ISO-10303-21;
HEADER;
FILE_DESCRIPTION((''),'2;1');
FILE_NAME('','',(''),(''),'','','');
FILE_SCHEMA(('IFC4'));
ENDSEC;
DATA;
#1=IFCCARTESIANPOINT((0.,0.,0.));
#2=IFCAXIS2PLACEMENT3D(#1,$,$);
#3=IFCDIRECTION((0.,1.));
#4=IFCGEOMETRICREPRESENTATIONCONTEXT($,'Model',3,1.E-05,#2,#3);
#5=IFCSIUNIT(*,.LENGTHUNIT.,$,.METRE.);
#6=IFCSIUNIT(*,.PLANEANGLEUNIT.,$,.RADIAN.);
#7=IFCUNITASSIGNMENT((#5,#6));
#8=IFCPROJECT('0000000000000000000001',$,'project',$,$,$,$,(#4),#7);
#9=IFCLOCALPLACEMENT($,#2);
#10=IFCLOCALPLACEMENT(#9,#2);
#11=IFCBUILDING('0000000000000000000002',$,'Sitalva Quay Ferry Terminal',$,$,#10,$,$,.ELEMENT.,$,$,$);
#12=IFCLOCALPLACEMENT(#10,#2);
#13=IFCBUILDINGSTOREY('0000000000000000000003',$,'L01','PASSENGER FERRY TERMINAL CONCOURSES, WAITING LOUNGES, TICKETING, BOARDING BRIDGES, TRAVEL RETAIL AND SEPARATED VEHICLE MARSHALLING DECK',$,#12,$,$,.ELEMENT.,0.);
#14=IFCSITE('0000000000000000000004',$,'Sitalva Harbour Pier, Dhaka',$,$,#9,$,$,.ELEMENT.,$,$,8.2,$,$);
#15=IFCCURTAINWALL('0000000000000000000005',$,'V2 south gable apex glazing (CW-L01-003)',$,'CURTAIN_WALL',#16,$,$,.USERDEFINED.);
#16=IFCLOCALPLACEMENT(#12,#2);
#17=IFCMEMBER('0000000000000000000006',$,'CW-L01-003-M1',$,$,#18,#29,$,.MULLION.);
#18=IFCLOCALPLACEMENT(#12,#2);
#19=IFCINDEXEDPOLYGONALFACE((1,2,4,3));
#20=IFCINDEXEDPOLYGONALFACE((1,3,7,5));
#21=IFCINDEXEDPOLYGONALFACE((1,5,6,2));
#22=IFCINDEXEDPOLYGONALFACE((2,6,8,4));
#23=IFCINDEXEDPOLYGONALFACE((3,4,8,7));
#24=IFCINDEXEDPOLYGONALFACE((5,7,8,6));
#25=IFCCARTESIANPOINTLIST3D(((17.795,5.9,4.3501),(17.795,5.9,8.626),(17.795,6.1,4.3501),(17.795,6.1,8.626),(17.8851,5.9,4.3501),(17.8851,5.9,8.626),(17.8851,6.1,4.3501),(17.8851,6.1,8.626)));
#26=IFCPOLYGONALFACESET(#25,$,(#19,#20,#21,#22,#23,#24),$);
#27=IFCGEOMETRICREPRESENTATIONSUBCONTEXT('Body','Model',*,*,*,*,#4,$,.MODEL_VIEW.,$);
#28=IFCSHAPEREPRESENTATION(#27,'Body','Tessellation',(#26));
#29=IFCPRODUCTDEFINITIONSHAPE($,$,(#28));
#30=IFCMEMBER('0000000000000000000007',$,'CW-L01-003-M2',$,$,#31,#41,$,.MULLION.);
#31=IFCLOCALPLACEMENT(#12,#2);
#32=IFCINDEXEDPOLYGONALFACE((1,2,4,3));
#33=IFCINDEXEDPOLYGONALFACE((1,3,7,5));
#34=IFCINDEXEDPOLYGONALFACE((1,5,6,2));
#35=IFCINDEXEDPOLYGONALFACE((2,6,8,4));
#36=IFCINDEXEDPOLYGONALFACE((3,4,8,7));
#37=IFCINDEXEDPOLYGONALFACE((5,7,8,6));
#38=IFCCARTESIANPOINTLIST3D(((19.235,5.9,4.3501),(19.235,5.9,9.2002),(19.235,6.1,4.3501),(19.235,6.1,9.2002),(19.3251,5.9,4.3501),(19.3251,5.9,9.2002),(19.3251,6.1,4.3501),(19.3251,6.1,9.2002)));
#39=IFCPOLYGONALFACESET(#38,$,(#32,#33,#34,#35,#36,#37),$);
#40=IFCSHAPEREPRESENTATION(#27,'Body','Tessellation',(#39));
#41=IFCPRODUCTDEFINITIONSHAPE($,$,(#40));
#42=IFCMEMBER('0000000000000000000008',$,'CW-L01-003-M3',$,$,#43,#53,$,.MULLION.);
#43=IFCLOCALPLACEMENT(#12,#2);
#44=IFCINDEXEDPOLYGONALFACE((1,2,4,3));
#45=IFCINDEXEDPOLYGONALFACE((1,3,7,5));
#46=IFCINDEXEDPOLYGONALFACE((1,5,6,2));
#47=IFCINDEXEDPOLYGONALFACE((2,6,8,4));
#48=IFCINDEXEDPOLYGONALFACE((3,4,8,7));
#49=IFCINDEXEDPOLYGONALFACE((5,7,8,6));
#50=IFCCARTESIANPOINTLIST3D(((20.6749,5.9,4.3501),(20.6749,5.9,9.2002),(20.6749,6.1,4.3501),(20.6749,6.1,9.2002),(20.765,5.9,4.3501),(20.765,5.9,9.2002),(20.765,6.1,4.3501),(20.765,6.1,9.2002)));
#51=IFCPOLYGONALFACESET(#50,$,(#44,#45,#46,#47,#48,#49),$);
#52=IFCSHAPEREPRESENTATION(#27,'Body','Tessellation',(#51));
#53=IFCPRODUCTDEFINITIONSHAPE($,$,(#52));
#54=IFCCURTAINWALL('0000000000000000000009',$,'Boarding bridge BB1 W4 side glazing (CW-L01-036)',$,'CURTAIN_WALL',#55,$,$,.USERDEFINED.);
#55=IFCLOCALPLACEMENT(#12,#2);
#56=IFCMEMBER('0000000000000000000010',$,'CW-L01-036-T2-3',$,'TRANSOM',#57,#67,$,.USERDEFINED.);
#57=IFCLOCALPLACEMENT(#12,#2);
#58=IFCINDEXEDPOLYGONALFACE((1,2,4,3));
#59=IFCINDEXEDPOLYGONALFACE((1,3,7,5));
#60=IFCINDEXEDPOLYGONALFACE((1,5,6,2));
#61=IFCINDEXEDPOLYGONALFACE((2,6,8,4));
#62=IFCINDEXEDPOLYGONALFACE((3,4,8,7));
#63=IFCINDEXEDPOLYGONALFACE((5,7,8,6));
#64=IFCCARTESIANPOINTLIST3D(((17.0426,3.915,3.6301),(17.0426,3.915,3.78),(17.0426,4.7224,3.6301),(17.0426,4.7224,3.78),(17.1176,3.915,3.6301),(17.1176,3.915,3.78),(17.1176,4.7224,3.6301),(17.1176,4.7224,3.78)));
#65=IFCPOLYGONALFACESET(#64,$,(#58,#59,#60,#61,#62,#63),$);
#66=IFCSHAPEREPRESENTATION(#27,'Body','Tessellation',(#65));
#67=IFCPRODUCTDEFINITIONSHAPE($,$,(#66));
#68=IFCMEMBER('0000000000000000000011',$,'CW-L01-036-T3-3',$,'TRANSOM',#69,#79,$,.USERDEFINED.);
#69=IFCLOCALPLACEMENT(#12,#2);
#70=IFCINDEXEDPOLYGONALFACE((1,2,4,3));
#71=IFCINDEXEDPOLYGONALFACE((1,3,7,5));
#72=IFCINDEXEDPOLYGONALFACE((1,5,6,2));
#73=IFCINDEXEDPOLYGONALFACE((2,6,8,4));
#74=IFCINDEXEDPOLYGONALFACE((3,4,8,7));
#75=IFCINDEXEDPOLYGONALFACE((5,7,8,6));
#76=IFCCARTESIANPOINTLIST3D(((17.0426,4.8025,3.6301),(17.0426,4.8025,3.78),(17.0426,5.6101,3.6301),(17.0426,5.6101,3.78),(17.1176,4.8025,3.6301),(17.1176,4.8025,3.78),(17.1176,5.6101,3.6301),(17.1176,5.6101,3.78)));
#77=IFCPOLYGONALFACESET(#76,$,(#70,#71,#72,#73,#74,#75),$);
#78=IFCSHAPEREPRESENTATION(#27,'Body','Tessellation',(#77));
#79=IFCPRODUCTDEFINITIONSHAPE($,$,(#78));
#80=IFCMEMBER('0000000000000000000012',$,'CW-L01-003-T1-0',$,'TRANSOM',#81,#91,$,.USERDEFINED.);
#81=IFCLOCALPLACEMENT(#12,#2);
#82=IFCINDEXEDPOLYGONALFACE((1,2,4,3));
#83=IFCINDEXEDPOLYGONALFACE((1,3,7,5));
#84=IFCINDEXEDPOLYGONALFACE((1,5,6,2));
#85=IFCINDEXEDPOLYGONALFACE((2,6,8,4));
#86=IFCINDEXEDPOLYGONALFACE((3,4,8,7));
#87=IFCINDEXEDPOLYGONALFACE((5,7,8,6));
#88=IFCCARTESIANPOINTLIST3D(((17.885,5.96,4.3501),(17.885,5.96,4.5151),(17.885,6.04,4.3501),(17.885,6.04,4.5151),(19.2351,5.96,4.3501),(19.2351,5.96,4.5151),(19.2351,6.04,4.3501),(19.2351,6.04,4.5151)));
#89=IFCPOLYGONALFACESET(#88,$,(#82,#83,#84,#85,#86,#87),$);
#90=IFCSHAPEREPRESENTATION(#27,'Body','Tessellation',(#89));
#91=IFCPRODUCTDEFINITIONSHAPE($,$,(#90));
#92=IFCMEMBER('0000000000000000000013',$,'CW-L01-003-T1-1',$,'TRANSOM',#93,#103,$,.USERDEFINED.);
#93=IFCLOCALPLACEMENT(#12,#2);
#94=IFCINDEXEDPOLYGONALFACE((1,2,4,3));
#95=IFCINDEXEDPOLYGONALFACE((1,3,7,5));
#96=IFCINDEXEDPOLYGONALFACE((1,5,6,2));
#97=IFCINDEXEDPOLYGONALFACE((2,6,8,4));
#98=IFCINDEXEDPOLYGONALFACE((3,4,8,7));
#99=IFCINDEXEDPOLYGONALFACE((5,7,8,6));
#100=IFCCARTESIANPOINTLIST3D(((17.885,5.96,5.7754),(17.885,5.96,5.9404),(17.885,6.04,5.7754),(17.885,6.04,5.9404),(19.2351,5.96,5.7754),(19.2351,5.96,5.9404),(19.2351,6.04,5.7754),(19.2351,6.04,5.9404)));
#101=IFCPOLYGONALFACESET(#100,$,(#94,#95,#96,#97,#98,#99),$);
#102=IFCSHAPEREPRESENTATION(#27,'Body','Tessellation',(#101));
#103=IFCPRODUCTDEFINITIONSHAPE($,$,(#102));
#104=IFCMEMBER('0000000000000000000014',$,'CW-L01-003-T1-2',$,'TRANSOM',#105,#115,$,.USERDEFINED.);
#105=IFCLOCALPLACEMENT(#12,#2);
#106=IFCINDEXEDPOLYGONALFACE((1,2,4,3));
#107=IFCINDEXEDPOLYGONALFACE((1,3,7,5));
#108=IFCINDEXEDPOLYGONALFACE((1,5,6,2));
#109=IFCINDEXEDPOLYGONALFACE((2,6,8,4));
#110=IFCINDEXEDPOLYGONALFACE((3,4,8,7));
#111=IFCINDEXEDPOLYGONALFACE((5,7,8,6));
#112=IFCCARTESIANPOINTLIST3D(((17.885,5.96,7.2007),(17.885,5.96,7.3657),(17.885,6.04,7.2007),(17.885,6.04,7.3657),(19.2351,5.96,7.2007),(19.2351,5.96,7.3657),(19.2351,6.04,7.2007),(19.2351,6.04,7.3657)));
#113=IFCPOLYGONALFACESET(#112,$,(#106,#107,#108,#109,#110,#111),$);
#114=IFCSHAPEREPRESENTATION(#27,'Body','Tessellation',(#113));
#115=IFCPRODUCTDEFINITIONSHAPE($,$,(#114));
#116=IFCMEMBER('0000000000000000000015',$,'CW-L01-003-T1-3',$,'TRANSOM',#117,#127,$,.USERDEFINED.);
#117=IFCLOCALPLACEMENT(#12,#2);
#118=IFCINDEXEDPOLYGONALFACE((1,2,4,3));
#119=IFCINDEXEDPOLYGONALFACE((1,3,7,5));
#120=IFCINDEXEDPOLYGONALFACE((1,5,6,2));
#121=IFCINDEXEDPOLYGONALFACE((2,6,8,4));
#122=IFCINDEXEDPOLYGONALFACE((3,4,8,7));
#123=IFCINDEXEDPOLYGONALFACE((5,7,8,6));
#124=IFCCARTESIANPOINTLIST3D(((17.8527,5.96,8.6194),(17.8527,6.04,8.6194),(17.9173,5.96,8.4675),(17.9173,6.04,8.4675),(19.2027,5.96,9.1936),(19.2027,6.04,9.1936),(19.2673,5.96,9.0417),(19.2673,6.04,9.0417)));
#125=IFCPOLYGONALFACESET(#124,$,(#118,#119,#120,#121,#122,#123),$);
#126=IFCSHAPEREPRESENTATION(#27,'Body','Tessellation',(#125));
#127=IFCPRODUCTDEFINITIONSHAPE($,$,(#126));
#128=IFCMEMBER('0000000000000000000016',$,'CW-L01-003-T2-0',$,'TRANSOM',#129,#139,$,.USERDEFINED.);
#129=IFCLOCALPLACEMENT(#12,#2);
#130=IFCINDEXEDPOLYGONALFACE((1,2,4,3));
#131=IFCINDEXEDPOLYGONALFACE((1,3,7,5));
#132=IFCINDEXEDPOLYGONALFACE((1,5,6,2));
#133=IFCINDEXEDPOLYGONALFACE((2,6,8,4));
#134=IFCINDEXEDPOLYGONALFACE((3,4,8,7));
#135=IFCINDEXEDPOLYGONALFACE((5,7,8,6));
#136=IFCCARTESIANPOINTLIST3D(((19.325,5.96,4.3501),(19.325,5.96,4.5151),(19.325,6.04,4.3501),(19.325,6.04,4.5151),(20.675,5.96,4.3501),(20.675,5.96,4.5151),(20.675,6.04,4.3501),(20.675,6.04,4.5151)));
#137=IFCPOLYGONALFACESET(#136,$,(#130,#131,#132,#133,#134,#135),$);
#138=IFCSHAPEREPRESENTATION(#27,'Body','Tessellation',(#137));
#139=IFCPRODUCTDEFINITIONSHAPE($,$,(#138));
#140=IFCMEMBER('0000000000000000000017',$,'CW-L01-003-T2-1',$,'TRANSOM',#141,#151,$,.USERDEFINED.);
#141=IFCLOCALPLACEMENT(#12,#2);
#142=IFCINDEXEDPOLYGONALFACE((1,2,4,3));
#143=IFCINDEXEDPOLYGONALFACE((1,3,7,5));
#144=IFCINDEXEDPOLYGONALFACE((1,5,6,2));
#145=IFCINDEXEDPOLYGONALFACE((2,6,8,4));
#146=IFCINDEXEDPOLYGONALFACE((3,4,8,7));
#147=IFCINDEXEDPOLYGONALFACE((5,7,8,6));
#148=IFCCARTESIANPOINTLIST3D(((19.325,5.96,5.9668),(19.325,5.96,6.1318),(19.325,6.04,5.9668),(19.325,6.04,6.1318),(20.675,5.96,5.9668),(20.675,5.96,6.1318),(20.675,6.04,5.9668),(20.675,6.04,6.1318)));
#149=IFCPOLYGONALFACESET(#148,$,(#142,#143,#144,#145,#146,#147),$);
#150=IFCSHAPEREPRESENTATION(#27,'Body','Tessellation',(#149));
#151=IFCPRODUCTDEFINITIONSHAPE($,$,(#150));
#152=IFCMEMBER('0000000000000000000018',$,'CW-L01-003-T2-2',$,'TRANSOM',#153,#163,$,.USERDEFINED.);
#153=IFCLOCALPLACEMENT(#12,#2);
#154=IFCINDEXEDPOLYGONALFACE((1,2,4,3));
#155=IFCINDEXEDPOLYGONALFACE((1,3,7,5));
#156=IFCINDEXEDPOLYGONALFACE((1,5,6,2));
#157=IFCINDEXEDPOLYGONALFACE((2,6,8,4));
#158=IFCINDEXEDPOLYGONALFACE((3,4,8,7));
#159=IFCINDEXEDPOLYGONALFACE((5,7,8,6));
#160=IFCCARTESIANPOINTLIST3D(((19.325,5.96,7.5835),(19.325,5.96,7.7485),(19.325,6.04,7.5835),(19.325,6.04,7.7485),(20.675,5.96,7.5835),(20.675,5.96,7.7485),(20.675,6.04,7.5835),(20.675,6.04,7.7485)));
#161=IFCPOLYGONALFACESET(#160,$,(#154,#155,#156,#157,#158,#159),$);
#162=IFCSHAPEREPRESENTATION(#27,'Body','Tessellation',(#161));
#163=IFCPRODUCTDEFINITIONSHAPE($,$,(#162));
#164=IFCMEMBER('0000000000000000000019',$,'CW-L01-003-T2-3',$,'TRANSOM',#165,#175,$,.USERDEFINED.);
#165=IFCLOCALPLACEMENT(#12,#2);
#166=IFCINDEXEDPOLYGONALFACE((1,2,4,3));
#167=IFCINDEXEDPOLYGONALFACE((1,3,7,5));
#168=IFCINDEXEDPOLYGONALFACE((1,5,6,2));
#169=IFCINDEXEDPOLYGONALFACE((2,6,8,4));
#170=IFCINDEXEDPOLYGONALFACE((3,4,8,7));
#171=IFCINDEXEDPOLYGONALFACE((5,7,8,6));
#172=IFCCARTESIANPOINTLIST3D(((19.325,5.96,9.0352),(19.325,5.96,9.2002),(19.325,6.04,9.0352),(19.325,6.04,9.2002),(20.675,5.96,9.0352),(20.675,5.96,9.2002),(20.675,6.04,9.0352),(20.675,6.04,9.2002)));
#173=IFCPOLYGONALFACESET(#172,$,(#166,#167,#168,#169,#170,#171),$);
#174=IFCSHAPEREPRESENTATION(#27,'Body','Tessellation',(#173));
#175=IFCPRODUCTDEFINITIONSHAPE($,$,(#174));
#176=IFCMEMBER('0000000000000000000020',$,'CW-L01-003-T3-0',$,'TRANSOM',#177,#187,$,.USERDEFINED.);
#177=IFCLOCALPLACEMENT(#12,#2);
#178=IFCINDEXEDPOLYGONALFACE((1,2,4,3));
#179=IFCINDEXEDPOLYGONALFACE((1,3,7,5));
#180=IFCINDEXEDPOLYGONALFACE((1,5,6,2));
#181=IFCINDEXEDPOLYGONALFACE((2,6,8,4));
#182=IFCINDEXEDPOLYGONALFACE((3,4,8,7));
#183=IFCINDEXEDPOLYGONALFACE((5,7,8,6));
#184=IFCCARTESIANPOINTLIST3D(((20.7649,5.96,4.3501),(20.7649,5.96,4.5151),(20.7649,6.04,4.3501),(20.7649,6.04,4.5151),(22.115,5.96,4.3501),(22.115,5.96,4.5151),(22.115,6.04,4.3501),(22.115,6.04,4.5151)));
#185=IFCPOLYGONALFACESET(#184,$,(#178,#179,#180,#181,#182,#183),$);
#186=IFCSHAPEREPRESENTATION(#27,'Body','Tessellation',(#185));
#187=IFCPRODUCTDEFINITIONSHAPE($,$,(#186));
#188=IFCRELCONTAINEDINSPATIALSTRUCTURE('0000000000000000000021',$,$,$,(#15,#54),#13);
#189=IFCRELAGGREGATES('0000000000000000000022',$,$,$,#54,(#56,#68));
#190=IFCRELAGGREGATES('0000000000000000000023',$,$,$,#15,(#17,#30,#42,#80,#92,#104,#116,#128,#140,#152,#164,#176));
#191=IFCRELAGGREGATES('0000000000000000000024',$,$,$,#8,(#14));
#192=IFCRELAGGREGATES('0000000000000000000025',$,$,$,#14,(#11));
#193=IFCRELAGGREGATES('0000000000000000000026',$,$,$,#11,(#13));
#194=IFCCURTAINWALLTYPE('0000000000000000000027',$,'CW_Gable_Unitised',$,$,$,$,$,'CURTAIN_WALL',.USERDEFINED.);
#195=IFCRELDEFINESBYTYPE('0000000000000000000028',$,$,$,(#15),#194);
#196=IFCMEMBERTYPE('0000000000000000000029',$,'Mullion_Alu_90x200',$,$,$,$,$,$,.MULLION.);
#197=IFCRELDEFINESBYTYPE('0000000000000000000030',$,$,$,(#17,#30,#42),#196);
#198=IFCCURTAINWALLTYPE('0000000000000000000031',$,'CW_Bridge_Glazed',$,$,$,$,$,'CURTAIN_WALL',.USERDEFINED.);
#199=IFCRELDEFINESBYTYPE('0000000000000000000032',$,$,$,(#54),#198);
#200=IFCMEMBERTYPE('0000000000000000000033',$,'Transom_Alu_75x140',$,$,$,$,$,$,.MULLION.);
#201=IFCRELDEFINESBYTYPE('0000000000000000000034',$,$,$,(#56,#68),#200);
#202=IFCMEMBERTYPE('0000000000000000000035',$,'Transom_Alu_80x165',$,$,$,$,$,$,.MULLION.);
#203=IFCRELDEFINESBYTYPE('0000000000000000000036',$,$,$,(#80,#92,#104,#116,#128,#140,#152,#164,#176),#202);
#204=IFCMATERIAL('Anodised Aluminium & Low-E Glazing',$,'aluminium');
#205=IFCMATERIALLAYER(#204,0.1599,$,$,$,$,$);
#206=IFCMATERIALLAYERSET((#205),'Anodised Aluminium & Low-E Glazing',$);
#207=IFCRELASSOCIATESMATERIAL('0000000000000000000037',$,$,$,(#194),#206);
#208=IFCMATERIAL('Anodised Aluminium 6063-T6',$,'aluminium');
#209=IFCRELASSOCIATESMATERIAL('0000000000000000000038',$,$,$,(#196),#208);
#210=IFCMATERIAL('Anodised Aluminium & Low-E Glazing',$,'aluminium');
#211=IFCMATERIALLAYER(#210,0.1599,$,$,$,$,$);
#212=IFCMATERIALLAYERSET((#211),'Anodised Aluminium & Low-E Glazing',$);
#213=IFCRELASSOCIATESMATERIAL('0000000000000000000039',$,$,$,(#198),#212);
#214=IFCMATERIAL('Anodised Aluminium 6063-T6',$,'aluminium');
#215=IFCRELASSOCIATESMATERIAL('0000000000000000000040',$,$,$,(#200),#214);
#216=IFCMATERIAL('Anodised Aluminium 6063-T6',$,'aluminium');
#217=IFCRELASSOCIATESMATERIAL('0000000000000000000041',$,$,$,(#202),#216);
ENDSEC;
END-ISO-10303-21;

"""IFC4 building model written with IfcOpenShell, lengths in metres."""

from ifc_helpers import new_model, si_unit, direction, frame, origin, origin_2d, place, context, subcontext, project, spatial, rectangle, extrude, material, layer, layer_set, material_profile, profile_set, type_object, element, aggregate, save


model = new_model("IFC4")

# Units and contexts
model_context = context("Model", 3, precision=1e-05, world=origin(), true_north=direction((0.0, 1.0)))
body_context = subcontext(model_context, "Body", "Model", "MODEL_VIEW")
ifc_project = project(units=[si_unit("LENGTHUNIT", "METRE"), si_unit("PLANEANGLEUNIT", "RADIAN")], contexts=[model_context])

# Site, building, storey
site_placement = place(None, origin())
site = spatial("IfcSite", under=ifc_project, at=site_placement, Name="Sitalva Harbour Pier, Dhaka", CompositionType="ELEMENT", RefElevation=8.2)
building_placement = place(site_placement, origin())
building = spatial("IfcBuilding", under=site, at=building_placement, Name="Sitalva Quay Ferry Terminal", CompositionType="ELEMENT")
storey_placement = place(building_placement, origin())
storey = spatial("IfcBuildingStorey", under=building, at=storey_placement, Name="L01", Description="PASSENGER FERRY TERMINAL CONCOURSES, WAITING LOUNGES, TICKETING, BOARDING BRIDGES, TRAVEL RETAIL AND SEPARATED VEHICLE MARSHALLING DECK", CompositionType="ELEMENT", Elevation=0.0)

# Curtain walls, members
ifc_material_1 = material(Name="Anodised Aluminium & Low-E Glazing", Category="aluminium")
ifc_layer_1 = layer(ifc_material_1, 0.1599)
ifc_layer_set_1 = layer_set([ifc_layer_1], Name="Anodised Aluminium & Low-E Glazing")
curtain_wall_type_1 = type_object("IfcCurtainWallType", Name="CW_Gable_Unitised", ElementType="CURTAIN_WALL", PredefinedType="USERDEFINED", material=ifc_layer_set_1)
curtain_wall_1_placement = place(storey_placement, origin())
curtain_wall_1 = element("IfcCurtainWall", 1, at=curtain_wall_1_placement, inside=storey, type_object=curtain_wall_type_1, Name="V2 south gable apex glazing (CW-L01-003)", ObjectType="CURTAIN_WALL", PredefinedType="USERDEFINED")
ifc_material_2 = material(Name="Anodised Aluminium 6063-T6", Category="aluminium")
ifc_material_profile_1 = material_profile(ifc_material_2, rectangle(XDim=0.0901, YDim=0.2, at=origin_2d()), Name="ALU90x200")
ifc_profile_set_1 = profile_set([ifc_material_profile_1], Name="Anodised Aluminium 6063-T6")
member_type_1 = type_object("IfcMemberType", Name="Mullion_Alu_90x200", PredefinedType="MULLION", material=ifc_profile_set_1)
member_1_placement = place(storey_placement, frame((17.8401, 6.0, 4.3501), z_axis=(0.0, 0.0, 1.0), x_axis=(1.0, 0.0, 0.0)))
member_1 = element("IfcMember", 2, at=member_1_placement, type_object=member_type_1, Name="CW-L01-003-M1", PredefinedType="MULLION", context=body_context, shape_type="SweptSolid", body=[
    extrude(rectangle(XDim=0.0901, YDim=0.2, at=origin_2d()), origin(), (0.0, 0.0, 1.0), 4.2759),
])
member_2_placement = place(storey_placement, frame((19.28, 6.0, 4.3501), z_axis=(0.0, 0.0, 1.0), x_axis=(1.0, 0.0, 0.0)))
member_2 = element("IfcMember", 3, at=member_2_placement, type_object=member_type_1, Name="CW-L01-003-M2", PredefinedType="MULLION", context=body_context, shape_type="SweptSolid", body=[
    extrude(rectangle(XDim=0.0901, YDim=0.2, at=origin_2d()), origin(), (0.0, 0.0, 1.0), 4.8501),
])
member_3_placement = place(storey_placement, frame((20.72, 6.0, 4.3501), z_axis=(0.0, 0.0, 1.0), x_axis=(1.0, 0.0, 0.0)))
member_3 = element("IfcMember", 4, at=member_3_placement, type_object=member_type_1, Name="CW-L01-003-M3", PredefinedType="MULLION", context=body_context, shape_type="SweptSolid", body=[
    extrude(rectangle(XDim=0.0901, YDim=0.2, at=origin_2d()), origin(), (0.0, 0.0, 1.0), 4.8501),
])
ifc_material_3 = material(Name="Anodised Aluminium & Low-E Glazing", Category="aluminium")
ifc_layer_2 = layer(ifc_material_3, 0.1599)
ifc_layer_set_2 = layer_set([ifc_layer_2], Name="Anodised Aluminium & Low-E Glazing")
curtain_wall_type_2 = type_object("IfcCurtainWallType", Name="CW_Bridge_Glazed", ElementType="CURTAIN_WALL", PredefinedType="USERDEFINED", material=ifc_layer_set_2)
curtain_wall_2_placement = place(storey_placement, origin())
curtain_wall_2 = element("IfcCurtainWall", 5, at=curtain_wall_2_placement, inside=storey, type_object=curtain_wall_type_2, Name="Boarding bridge BB1 W4 side glazing (CW-L01-036)", ObjectType="CURTAIN_WALL", PredefinedType="USERDEFINED")
ifc_material_4 = material(Name="Anodised Aluminium 6063-T6", Category="aluminium")
ifc_material_profile_2 = material_profile(ifc_material_4, rectangle(XDim=0.075, YDim=0.1499, at=origin_2d()), Name="ALU75x150")
ifc_profile_set_2 = profile_set([ifc_material_profile_2], Name="Anodised Aluminium 6063-T6")
member_type_2 = type_object("IfcMemberType", Name="Transom_Alu_75x140", PredefinedType="MULLION", material=ifc_profile_set_2)
member_4_placement = place(storey_placement, frame((17.0801, 3.915, 3.7051), z_axis=(0.0, 1.0, 0.0), x_axis=(-1.0, 0.0, 0.0)))
member_4 = element("IfcMember", 6, at=member_4_placement, type_object=member_type_2, Name="CW-L01-036-T2-3", ObjectType="TRANSOM", PredefinedType="USERDEFINED", context=body_context, shape_type="SweptSolid", body=[
    extrude(rectangle(XDim=0.075, YDim=0.1499, at=origin_2d()), origin(), (0.0, 0.0, 1.0), 0.8074),
])
member_5_placement = place(storey_placement, frame((17.0801, 4.8025, 3.7051), z_axis=(0.0, 1.0, 0.0), x_axis=(-1.0, 0.0, 0.0)))
member_5 = element("IfcMember", 7, at=member_5_placement, type_object=member_type_2, Name="CW-L01-036-T3-3", ObjectType="TRANSOM", PredefinedType="USERDEFINED", context=body_context, shape_type="SweptSolid", body=[
    extrude(rectangle(XDim=0.075, YDim=0.1499, at=origin_2d()), origin(), (0.0, 0.0, 1.0), 0.8076),
])
aggregate(curtain_wall_2, [member_4, member_5])

# Members
ifc_material_5 = material(Name="Anodised Aluminium 6063-T6", Category="aluminium")
ifc_material_profile_3 = material_profile(ifc_material_5, rectangle(XDim=0.0801, YDim=0.165, at=origin_2d()), Name="ALU80x165")
ifc_profile_set_3 = profile_set([ifc_material_profile_3], Name="Anodised Aluminium 6063-T6")
member_type_3 = type_object("IfcMemberType", Name="Transom_Alu_80x165", PredefinedType="MULLION", material=ifc_profile_set_3)
member_6_placement = place(storey_placement, frame((17.885, 6.0, 4.4326), z_axis=(1.0, 0.0, 0.0), x_axis=(0.0, 1.0, 0.0)))
member_6 = element("IfcMember", 8, at=member_6_placement, type_object=member_type_3, Name="CW-L01-003-T1-0", ObjectType="TRANSOM", PredefinedType="USERDEFINED", context=body_context, shape_type="SweptSolid", body=[
    extrude(rectangle(XDim=0.0801, YDim=0.165, at=origin_2d()), origin(), (0.0, 0.0, 1.0), 1.3501),
])
member_7_placement = place(storey_placement, frame((17.885, 6.0, 5.8579), z_axis=(1.0, 0.0, 0.0), x_axis=(0.0, 1.0, 0.0)))
member_7 = element("IfcMember", 9, at=member_7_placement, type_object=member_type_3, Name="CW-L01-003-T1-1", ObjectType="TRANSOM", PredefinedType="USERDEFINED", context=body_context, shape_type="SweptSolid", body=[
    extrude(rectangle(XDim=0.0801, YDim=0.165, at=origin_2d()), origin(), (0.0, 0.0, 1.0), 1.3501),
])
member_8_placement = place(storey_placement, frame((17.885, 6.0, 7.2832), z_axis=(1.0, 0.0, 0.0), x_axis=(0.0, 1.0, 0.0)))
member_8 = element("IfcMember", 10, at=member_8_placement, type_object=member_type_3, Name="CW-L01-003-T1-2", ObjectType="TRANSOM", PredefinedType="USERDEFINED", context=body_context, shape_type="SweptSolid", body=[
    extrude(rectangle(XDim=0.0801, YDim=0.165, at=origin_2d()), origin(), (0.0, 0.0, 1.0), 1.3501),
])
member_9_placement = place(storey_placement, frame((17.885, 6.0, 8.5435), z_axis=(0.920226, 0.0, 0.391387), x_axis=(0.0, 1.0, 0.0)))
member_9 = element("IfcMember", 11, at=member_9_placement, type_object=member_type_3, Name="CW-L01-003-T1-3", ObjectType="TRANSOM", PredefinedType="USERDEFINED", context=body_context, shape_type="SweptSolid", body=[
    extrude(rectangle(XDim=0.0801, YDim=0.165, at=origin_2d()), origin(), (0.0, 0.0, 1.0), 1.467),
])
member_10_placement = place(storey_placement, frame((19.325, 6.0, 4.4326), z_axis=(1.0, 0.0, 0.0), x_axis=(0.0, 1.0, 0.0)))
member_10 = element("IfcMember", 12, at=member_10_placement, type_object=member_type_3, Name="CW-L01-003-T2-0", ObjectType="TRANSOM", PredefinedType="USERDEFINED", context=body_context, shape_type="SweptSolid", body=[
    extrude(rectangle(XDim=0.0801, YDim=0.165, at=origin_2d()), origin(), (0.0, 0.0, 1.0), 1.3501),
])
member_11_placement = place(storey_placement, frame((19.325, 6.0, 6.0493), z_axis=(1.0, 0.0, 0.0), x_axis=(0.0, 1.0, 0.0)))
member_11 = element("IfcMember", 13, at=member_11_placement, type_object=member_type_3, Name="CW-L01-003-T2-1", ObjectType="TRANSOM", PredefinedType="USERDEFINED", context=body_context, shape_type="SweptSolid", body=[
    extrude(rectangle(XDim=0.0801, YDim=0.165, at=origin_2d()), origin(), (0.0, 0.0, 1.0), 1.3501),
])
member_12_placement = place(storey_placement, frame((19.325, 6.0, 7.666), z_axis=(1.0, 0.0, 0.0), x_axis=(0.0, 1.0, 0.0)))
member_12 = element("IfcMember", 14, at=member_12_placement, type_object=member_type_3, Name="CW-L01-003-T2-2", ObjectType="TRANSOM", PredefinedType="USERDEFINED", context=body_context, shape_type="SweptSolid", body=[
    extrude(rectangle(XDim=0.0801, YDim=0.165, at=origin_2d()), origin(), (0.0, 0.0, 1.0), 1.3501),
])
member_13_placement = place(storey_placement, frame((19.325, 6.0, 9.1177), z_axis=(1.0, 0.0, 0.0), x_axis=(0.0, 1.0, 0.0)))
member_13 = element("IfcMember", 15, at=member_13_placement, type_object=member_type_3, Name="CW-L01-003-T2-3", ObjectType="TRANSOM", PredefinedType="USERDEFINED", context=body_context, shape_type="SweptSolid", body=[
    extrude(rectangle(XDim=0.0801, YDim=0.165, at=origin_2d()), origin(), (0.0, 0.0, 1.0), 1.3501),
])
member_14_placement = place(storey_placement, frame((20.7649, 6.0, 4.4326), z_axis=(1.0, 0.0, 0.0), x_axis=(0.0, 1.0, 0.0)))
member_14 = element("IfcMember", 16, at=member_14_placement, type_object=member_type_3, Name="CW-L01-003-T3-0", ObjectType="TRANSOM", PredefinedType="USERDEFINED", context=body_context, shape_type="SweptSolid", body=[
    extrude(rectangle(XDim=0.0801, YDim=0.165, at=origin_2d()), origin(), (0.0, 0.0, 1.0), 1.3501),
])

aggregate(curtain_wall_1, [member_1, member_2, member_3, member_6, member_7, member_8, member_9, member_10, member_11, member_12, member_13, member_14])

save(model, "model.ifc")
